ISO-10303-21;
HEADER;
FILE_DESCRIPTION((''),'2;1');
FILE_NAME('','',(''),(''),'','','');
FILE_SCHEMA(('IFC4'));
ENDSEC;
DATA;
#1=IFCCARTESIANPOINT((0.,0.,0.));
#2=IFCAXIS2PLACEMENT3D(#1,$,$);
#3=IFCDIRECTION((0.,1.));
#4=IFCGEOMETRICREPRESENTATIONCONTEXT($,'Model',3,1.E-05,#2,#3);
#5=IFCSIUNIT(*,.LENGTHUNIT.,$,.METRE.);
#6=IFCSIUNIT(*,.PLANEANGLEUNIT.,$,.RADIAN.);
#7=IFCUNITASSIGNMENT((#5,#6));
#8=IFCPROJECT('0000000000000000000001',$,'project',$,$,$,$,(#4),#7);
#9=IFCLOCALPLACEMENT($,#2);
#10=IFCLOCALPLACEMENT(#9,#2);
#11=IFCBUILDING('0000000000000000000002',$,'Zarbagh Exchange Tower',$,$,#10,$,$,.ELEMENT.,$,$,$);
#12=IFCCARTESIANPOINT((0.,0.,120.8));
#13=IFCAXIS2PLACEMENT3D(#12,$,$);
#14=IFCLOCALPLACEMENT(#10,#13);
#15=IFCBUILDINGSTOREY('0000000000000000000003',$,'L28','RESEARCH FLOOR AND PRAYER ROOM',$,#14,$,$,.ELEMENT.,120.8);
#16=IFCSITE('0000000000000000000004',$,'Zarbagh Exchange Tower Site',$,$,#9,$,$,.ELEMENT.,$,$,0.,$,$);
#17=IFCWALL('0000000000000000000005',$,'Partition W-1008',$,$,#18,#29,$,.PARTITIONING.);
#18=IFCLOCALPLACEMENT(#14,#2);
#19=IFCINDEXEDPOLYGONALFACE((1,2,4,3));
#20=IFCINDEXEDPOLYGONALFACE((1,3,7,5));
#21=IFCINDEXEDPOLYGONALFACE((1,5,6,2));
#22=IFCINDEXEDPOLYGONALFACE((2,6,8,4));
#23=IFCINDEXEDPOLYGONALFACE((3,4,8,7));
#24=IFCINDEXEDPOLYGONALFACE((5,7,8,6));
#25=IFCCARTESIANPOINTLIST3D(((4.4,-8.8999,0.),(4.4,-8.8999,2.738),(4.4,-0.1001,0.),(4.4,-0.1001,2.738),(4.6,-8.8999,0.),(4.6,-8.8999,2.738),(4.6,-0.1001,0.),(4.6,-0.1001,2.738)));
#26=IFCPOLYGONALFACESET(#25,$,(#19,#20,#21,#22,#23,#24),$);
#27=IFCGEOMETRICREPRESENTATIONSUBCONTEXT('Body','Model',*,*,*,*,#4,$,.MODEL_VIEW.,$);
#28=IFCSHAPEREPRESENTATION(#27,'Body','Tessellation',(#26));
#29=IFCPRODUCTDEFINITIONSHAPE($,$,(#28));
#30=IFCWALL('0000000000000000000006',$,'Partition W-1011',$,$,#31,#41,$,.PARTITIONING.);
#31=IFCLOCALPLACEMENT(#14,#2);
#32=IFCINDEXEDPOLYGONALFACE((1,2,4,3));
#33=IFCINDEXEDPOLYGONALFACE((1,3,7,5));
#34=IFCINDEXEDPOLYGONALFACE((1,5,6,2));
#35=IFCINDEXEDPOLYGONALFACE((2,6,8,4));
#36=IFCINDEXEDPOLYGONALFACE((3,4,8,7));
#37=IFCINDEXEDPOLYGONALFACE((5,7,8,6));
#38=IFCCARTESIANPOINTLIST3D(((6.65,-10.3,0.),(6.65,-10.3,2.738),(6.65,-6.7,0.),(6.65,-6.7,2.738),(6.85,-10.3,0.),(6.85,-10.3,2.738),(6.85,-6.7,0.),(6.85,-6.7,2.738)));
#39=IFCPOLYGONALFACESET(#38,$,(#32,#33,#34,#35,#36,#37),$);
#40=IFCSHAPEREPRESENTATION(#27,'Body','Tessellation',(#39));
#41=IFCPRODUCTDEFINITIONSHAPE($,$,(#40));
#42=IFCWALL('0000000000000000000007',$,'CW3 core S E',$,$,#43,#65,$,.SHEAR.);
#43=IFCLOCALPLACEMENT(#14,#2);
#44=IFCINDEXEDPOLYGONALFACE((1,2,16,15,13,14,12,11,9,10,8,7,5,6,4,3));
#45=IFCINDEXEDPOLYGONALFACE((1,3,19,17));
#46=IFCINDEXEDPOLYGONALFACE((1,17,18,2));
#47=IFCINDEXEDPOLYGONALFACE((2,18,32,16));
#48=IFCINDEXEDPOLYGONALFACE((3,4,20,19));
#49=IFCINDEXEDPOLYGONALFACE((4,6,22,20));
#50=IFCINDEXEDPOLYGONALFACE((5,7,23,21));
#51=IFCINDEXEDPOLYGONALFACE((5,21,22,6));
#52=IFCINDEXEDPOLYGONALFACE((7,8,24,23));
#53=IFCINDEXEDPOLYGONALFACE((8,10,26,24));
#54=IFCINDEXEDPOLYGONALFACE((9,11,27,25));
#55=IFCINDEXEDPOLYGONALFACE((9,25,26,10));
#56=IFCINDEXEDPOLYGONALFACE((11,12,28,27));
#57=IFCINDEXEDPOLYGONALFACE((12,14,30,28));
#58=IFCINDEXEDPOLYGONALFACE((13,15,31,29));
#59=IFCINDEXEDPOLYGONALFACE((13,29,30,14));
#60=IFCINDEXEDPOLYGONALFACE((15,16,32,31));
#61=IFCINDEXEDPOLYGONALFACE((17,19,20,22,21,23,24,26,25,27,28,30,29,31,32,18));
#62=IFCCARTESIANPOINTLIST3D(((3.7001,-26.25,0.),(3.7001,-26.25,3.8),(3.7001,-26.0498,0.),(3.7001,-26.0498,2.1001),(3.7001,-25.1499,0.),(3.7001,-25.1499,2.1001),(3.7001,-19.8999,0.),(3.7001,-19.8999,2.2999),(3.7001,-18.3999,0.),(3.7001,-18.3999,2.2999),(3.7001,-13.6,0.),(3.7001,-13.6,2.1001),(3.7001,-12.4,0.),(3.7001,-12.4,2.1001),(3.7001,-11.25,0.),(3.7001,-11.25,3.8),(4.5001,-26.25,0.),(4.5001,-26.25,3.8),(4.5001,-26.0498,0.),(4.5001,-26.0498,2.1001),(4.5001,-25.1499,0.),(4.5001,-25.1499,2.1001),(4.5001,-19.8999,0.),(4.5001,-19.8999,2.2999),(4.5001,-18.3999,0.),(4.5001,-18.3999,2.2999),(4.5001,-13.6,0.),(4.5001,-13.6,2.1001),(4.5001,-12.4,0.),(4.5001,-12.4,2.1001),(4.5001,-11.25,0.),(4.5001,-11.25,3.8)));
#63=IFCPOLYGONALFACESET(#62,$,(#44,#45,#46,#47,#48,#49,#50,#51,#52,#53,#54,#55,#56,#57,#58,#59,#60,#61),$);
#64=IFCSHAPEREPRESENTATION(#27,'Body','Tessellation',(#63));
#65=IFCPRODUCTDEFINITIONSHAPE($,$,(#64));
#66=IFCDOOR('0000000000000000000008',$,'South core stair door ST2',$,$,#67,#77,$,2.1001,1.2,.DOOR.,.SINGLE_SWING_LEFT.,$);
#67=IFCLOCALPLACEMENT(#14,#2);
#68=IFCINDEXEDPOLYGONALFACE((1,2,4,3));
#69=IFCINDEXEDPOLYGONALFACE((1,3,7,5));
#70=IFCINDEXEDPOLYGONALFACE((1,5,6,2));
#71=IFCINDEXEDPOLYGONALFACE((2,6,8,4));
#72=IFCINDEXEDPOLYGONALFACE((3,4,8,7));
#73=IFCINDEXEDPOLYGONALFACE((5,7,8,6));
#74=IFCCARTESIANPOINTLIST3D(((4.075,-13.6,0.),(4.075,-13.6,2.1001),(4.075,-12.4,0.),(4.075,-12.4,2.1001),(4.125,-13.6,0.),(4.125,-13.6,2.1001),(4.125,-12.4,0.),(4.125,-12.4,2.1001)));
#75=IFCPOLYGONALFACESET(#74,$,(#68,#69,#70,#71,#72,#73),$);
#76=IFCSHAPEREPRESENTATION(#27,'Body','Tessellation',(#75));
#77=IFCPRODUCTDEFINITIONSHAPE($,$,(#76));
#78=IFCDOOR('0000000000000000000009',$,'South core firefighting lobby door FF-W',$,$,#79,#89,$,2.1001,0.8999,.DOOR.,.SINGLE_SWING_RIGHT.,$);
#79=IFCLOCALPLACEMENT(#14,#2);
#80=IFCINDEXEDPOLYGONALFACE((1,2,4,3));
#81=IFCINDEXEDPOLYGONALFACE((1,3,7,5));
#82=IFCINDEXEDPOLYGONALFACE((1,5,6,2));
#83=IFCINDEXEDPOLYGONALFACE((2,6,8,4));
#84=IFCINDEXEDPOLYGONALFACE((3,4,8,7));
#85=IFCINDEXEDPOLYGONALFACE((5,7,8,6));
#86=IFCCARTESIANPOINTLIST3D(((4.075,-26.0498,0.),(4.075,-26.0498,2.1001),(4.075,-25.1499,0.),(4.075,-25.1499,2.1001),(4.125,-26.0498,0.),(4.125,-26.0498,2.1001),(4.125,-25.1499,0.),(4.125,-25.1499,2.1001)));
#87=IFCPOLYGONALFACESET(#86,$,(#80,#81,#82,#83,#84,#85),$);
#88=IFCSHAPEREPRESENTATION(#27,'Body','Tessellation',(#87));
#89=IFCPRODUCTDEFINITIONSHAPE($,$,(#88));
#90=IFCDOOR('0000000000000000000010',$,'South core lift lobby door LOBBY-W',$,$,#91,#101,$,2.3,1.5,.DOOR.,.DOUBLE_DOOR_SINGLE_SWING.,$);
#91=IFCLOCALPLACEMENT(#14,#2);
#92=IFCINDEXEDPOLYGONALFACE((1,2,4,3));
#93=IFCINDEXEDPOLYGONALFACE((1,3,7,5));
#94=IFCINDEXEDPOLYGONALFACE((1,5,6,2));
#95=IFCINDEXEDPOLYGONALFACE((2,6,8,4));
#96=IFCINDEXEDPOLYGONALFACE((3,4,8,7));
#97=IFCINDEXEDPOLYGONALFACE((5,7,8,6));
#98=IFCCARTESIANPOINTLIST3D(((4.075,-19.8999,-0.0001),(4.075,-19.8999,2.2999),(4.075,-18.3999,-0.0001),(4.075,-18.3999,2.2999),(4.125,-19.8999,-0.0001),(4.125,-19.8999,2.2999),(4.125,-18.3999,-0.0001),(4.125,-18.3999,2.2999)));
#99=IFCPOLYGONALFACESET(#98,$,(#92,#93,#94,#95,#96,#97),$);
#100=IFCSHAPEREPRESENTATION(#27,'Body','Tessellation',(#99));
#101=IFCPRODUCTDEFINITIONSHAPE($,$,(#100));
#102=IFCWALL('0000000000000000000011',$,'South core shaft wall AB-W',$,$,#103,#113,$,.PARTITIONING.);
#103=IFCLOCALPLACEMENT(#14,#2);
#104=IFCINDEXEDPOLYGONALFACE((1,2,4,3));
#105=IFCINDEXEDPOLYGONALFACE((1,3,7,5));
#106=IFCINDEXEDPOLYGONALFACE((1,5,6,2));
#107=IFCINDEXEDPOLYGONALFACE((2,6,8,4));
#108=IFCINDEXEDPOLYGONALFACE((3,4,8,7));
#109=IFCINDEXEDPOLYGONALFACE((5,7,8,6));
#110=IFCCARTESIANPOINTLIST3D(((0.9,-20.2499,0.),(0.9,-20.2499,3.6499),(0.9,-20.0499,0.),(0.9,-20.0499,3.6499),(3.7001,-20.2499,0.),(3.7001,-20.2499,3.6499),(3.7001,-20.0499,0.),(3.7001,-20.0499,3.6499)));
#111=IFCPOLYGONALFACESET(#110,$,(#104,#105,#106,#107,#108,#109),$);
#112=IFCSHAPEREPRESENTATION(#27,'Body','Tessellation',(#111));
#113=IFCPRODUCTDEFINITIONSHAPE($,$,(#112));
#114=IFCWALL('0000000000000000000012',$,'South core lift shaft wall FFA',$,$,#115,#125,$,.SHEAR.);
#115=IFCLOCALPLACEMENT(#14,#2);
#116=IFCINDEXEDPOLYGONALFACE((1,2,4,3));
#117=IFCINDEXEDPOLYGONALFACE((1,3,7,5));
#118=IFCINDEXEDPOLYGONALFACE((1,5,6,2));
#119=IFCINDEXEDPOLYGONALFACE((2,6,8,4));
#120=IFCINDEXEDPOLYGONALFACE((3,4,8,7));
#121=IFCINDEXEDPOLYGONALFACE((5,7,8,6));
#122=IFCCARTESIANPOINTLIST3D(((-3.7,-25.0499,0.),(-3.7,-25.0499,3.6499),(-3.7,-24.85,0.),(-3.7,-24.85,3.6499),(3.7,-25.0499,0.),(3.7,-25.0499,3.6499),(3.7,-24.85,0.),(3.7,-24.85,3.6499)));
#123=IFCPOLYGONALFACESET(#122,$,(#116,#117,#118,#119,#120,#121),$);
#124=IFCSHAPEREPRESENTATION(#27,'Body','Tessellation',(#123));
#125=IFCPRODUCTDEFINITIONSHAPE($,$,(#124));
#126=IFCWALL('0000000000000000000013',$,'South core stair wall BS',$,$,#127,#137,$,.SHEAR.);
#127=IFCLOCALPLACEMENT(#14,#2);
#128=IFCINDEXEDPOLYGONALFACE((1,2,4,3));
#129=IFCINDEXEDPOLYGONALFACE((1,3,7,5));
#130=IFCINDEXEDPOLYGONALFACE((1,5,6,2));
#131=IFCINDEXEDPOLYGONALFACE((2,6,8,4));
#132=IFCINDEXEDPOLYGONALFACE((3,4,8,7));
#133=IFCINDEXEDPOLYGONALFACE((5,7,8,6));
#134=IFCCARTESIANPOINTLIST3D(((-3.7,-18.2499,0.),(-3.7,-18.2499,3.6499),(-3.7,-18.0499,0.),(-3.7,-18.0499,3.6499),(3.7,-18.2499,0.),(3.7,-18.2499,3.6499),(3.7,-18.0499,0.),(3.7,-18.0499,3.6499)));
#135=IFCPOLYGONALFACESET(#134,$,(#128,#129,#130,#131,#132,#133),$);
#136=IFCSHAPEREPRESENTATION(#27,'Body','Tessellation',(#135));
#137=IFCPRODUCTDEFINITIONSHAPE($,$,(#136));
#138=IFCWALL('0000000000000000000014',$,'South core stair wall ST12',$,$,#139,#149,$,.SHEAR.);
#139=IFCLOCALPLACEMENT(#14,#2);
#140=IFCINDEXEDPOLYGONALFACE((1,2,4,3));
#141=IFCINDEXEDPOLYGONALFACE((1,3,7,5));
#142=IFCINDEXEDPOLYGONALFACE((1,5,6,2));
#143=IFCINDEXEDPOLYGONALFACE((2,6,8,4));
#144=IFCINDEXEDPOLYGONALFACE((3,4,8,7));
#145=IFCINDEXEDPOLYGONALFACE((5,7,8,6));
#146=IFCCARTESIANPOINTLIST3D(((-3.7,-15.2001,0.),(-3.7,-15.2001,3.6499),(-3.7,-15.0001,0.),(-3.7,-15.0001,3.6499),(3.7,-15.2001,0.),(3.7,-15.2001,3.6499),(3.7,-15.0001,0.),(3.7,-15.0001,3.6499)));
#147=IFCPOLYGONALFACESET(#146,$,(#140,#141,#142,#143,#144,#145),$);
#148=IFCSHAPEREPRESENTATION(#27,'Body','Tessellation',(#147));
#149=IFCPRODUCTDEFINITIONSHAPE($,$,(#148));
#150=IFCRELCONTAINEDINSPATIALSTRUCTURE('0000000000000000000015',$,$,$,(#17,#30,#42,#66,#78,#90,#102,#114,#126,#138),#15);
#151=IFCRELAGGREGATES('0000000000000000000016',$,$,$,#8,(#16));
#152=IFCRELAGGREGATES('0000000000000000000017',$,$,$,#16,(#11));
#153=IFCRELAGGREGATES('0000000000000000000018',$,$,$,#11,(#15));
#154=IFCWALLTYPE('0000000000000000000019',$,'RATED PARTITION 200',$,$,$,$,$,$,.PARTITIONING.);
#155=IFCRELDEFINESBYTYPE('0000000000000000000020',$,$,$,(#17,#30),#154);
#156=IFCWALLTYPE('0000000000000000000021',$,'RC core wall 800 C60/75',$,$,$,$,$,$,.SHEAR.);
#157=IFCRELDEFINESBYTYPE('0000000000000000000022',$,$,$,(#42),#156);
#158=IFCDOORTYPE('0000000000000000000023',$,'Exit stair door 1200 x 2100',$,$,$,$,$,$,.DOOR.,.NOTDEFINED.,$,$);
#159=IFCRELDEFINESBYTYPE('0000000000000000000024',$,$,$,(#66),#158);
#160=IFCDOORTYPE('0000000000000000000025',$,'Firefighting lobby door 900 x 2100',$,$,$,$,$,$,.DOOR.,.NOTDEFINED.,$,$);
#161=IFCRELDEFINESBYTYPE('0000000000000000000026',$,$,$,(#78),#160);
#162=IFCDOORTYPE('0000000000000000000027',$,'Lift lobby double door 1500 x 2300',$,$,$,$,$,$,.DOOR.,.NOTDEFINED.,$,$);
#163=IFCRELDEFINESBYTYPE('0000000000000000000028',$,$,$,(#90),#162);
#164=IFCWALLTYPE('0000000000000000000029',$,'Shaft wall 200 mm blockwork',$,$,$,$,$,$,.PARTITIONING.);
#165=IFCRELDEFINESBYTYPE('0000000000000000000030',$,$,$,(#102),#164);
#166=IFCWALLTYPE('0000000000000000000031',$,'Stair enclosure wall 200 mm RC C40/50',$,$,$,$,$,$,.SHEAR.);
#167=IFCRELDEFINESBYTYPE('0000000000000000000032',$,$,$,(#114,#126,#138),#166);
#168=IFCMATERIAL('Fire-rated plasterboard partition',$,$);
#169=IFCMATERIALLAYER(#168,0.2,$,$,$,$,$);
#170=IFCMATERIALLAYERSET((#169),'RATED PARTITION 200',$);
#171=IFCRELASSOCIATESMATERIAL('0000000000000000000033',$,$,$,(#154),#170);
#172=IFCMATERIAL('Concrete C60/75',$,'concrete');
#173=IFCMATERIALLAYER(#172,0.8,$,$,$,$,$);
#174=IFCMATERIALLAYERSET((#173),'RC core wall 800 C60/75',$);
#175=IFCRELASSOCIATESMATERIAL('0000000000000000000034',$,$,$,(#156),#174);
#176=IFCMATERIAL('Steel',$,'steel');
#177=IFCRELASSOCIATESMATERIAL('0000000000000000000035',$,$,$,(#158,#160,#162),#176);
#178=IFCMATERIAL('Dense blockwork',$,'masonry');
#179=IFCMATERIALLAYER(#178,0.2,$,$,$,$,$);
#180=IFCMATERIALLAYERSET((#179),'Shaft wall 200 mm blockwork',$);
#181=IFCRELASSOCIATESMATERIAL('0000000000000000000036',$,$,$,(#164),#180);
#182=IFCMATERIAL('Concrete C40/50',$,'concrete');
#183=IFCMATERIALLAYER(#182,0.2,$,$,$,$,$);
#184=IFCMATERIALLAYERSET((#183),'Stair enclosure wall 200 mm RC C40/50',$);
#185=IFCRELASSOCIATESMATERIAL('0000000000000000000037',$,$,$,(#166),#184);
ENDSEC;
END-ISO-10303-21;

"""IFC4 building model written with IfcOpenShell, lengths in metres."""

from ifc_helpers import new_model, si_unit, direction, frame, frame_2d, origin, place, context, subcontext, project, spatial, rectangle, extrude, material, layer, layer_set, type_object, element, fill, save


model = new_model("IFC4")

# Units and contexts
model_context = context("Model", 3, precision=1e-05, world=origin(), true_north=direction((0.0, 1.0)))
body_context = subcontext(model_context, "Body", "Model", "MODEL_VIEW")
ifc_project = project(units=[si_unit("LENGTHUNIT", "METRE"), si_unit("PLANEANGLEUNIT", "RADIAN")], contexts=[model_context])

# Site, building, storey
site_placement = place(None, origin())
site = spatial("IfcSite", under=ifc_project, at=site_placement, Name="Zarbagh Exchange Tower Site", CompositionType="ELEMENT", RefElevation=0.0)
building_placement = place(site_placement, origin())
building = spatial("IfcBuilding", under=site, at=building_placement, Name="Zarbagh Exchange Tower", CompositionType="ELEMENT")
storey_placement = place(building_placement, frame((0.0, 0.0, 120.8)))
storey = spatial("IfcBuildingStorey", under=building, at=storey_placement, Name="L28", Description="RESEARCH FLOOR AND PRAYER ROOM", CompositionType="ELEMENT", Elevation=120.8)

# Shared definitions
ifc_material_1 = material(Name="Concrete C60/75", Category="concrete")

# Walls
ifc_material_2 = material(Name="Fire-rated plasterboard partition")
ifc_layer_1 = layer(ifc_material_2, 0.2)
ifc_layer_set_1 = layer_set([ifc_layer_1], Name="RATED PARTITION 200")
wall_type_1 = type_object("IfcWallType", Name="RATED PARTITION 200", PredefinedType="PARTITIONING", material=ifc_layer_set_1)
wall_1_placement = place(storey_placement, frame((4.5, -8.8999, 0.0), z_axis=(0.0, 0.0, 1.0), x_axis=(0.0, 1.0, 0.0)))
element("IfcWall", 1, at=wall_1_placement, inside=storey, type_object=wall_type_1, Name="Partition W-1008", PredefinedType="PARTITIONING", context=body_context, shape_type="SweptSolid", body=[
    extrude(rectangle(XDim=8.7998, YDim=0.2, at=frame_2d((4.3999, 0.0))), origin(), (0.0, 0.0, 1.0), 2.738),
])
wall_2_placement = place(storey_placement, frame((6.75, -10.3, 0.0), z_axis=(0.0, 0.0, 1.0), x_axis=(0.0, 1.0, 0.0)))
element("IfcWall", 2, at=wall_2_placement, inside=storey, type_object=wall_type_1, Name="Partition W-1011", PredefinedType="PARTITIONING", context=body_context, shape_type="SweptSolid", body=[
    extrude(rectangle(XDim=3.6001, YDim=0.2, at=frame_2d((1.8, 0.0))), origin(), (0.0, 0.0, 1.0), 2.738),
])

# Wall, openings, doors
ifc_layer_2 = layer(ifc_material_1, 0.8)
ifc_layer_set_2 = layer_set([ifc_layer_2], Name="RC core wall 800 C60/75")
wall_type_2 = type_object("IfcWallType", Name="RC core wall 800 C60/75", PredefinedType="SHEAR", material=ifc_layer_set_2)
wall_3_placement = place(storey_placement, frame((4.1001, -11.25, 0.0), z_axis=(0.0, 0.0, 1.0), x_axis=(0.0, -1.0, 0.0)))
wall_3 = element("IfcWall", 3, at=wall_3_placement, inside=storey, type_object=wall_type_2, Name="CW3 core S E", PredefinedType="SHEAR", context=body_context, shape_type="SweptSolid", body=[
    extrude(rectangle(XDim=15.0, YDim=0.8, at=frame_2d((7.5, 0.0))), origin(), (0.0, 0.0, 1.0), 3.8),
])
opening_1_placement = place(wall_3_placement, frame((7.1499, 0.0, 0.0)))
opening_1 = element("IfcOpeningElement", 4, at=opening_1_placement, cuts=wall_3, PredefinedType="OPENING", context=body_context, shape_type="SweptSolid", body=[
    extrude(rectangle(XDim=1.5, YDim=2.3, at=frame_2d((0.75, 1.1499))), frame((0.0, 0.4099, 0.0), z_axis=(0.0, -1.0, 0.0), x_axis=(1.0, 0.0, 0.0)), (0.0, 0.0, 1.0), 0.8201),
])
opening_2_placement = place(wall_3_placement, frame((13.8999, 0.0, 0.0)))
opening_2 = element("IfcOpeningElement", 5, at=opening_2_placement, cuts=wall_3, PredefinedType="OPENING", context=body_context, shape_type="SweptSolid", body=[
    extrude(rectangle(XDim=0.8999, YDim=2.1001, at=frame_2d((0.45, 1.05))), frame((0.0, 0.4099, 0.0), z_axis=(0.0, -1.0, 0.0), x_axis=(1.0, 0.0, 0.0)), (0.0, 0.0, 1.0), 0.8201),
])
opening_3_placement = place(wall_3_placement, frame((1.1499, 0.0, 0.0)))
opening_3 = element("IfcOpeningElement", 6, at=opening_3_placement, cuts=wall_3, PredefinedType="OPENING", context=body_context, shape_type="SweptSolid", body=[
    extrude(rectangle(XDim=1.2, YDim=2.1001, at=frame_2d((0.6001, 1.05))), frame((0.0, 0.4099, 0.0), z_axis=(0.0, -1.0, 0.0), x_axis=(1.0, 0.0, 0.0)), (0.0, 0.0, 1.0), 0.8201),
])
ifc_material_3 = material(Name="Steel", Category="steel")
door_type_1 = type_object("IfcDoorType", Name="Exit stair door 1200 x 2100", OperationType="NOTDEFINED", PredefinedType="DOOR", material=ifc_material_3)
door_1_placement = place(opening_3_placement, origin())
door_1 = element("IfcDoor", 7, at=door_1_placement, inside=storey, type_object=door_type_1, Name="South core stair door ST2", OperationType="SINGLE_SWING_LEFT", OverallHeight=2.1001, OverallWidth=1.2, PredefinedType="DOOR", context=body_context, shape_type="SweptSolid", body=[
    extrude(rectangle(XDim=1.2, YDim=2.1001, at=frame_2d((0.6001, 1.05))), frame((0.0, 0.0249, 0.0), z_axis=(0.0, -1.0, 0.0), x_axis=(1.0, 0.0, 0.0)), (0.0, 0.0, 1.0), 0.05),
])
fill(opening_3, door_1)
door_type_2 = type_object("IfcDoorType", Name="Firefighting lobby door 900 x 2100", OperationType="NOTDEFINED", PredefinedType="DOOR", material=ifc_material_3)
door_2_placement = place(opening_2_placement, origin())
door_2 = element("IfcDoor", 8, at=door_2_placement, inside=storey, type_object=door_type_2, Name="South core firefighting lobby door FF-W", OperationType="SINGLE_SWING_RIGHT", OverallHeight=2.1001, OverallWidth=0.8999, PredefinedType="DOOR", context=body_context, shape_type="SweptSolid", body=[
    extrude(rectangle(XDim=0.8999, YDim=2.1001, at=frame_2d((0.45, 1.05))), frame((0.0, 0.0249, 0.0), z_axis=(0.0, -1.0, 0.0), x_axis=(1.0, 0.0, 0.0)), (0.0, 0.0, 1.0), 0.05),
])
fill(opening_2, door_2)
door_type_3 = type_object("IfcDoorType", Name="Lift lobby double door 1500 x 2300", OperationType="NOTDEFINED", PredefinedType="DOOR", material=ifc_material_3)
door_3_placement = place(opening_1_placement, origin())
door_3 = element("IfcDoor", 9, at=door_3_placement, inside=storey, type_object=door_type_3, Name="South core lift lobby door LOBBY-W", OperationType="DOUBLE_DOOR_SINGLE_SWING", OverallHeight=2.3, OverallWidth=1.5, PredefinedType="DOOR", context=body_context, shape_type="SweptSolid", body=[
    extrude(rectangle(XDim=1.5, YDim=2.3, at=frame_2d((0.75, 1.1499))), frame((0.0, 0.0249, 0.0), z_axis=(0.0, -1.0, 0.0), x_axis=(1.0, 0.0, 0.0)), (0.0, 0.0, 1.0), 0.05),
])
fill(opening_1, door_3)

# Walls
ifc_material_4 = material(Name="Dense blockwork", Category="masonry")
ifc_layer_3 = layer(ifc_material_4, 0.2)
ifc_layer_set_3 = layer_set([ifc_layer_3], Name="Shaft wall 200 mm blockwork")
wall_type_3 = type_object("IfcWallType", Name="Shaft wall 200 mm blockwork", PredefinedType="PARTITIONING", material=ifc_layer_set_3)
wall_4_placement = place(storey_placement, frame((3.7, -20.1499, 0.0), z_axis=(0.0, 0.0, 1.0), x_axis=(-1.0, 0.0, 0.0)))
element("IfcWall", 10, at=wall_4_placement, inside=storey, type_object=wall_type_3, Name="South core shaft wall AB-W", PredefinedType="PARTITIONING", context=body_context, shape_type="SweptSolid", body=[
    extrude(rectangle(XDim=2.8, YDim=0.2, at=frame_2d((1.3999, 0.0))), origin(), (0.0, 0.0, 1.0), 3.6499),
])
ifc_material_5 = material(Name="Concrete C40/50", Category="concrete")
ifc_layer_4 = layer(ifc_material_5, 0.2)
ifc_layer_set_4 = layer_set([ifc_layer_4], Name="Stair enclosure wall 200 mm RC C40/50")
wall_type_4 = type_object("IfcWallType", Name="Stair enclosure wall 200 mm RC C40/50", PredefinedType="SHEAR", material=ifc_layer_set_4)
for number, where, z_axis, x_axis, name in (
    (11, (3.7, -24.95, 0.0), (0.0, 0.0, 1.0), (-1.0, 0.0, 0.0), "South core lift shaft wall FFA"),
    (12, (3.7, -18.1499, 0.0), (0.0, 0.0, 1.0), (-1.0, 0.0, 0.0), "South core stair wall BS"),
    (13, (3.7, -15.1001, 0.0), (0.0, 0.0, 1.0), (-1.0, 0.0, 0.0), "South core stair wall ST12"),
):
    element("IfcWall", number, at=place(storey_placement, frame(where, z_axis=z_axis, x_axis=x_axis)), inside=storey, type_object=wall_type_4, Name=name, PredefinedType="SHEAR", context=body_context, shape_type="SweptSolid", body=[
        extrude(rectangle(XDim=7.3999, YDim=0.2, at=frame_2d((3.7, 0.0))), origin(), (0.0, 0.0, 1.0), 3.6499),
    ])

save(model, "model.ifc")
